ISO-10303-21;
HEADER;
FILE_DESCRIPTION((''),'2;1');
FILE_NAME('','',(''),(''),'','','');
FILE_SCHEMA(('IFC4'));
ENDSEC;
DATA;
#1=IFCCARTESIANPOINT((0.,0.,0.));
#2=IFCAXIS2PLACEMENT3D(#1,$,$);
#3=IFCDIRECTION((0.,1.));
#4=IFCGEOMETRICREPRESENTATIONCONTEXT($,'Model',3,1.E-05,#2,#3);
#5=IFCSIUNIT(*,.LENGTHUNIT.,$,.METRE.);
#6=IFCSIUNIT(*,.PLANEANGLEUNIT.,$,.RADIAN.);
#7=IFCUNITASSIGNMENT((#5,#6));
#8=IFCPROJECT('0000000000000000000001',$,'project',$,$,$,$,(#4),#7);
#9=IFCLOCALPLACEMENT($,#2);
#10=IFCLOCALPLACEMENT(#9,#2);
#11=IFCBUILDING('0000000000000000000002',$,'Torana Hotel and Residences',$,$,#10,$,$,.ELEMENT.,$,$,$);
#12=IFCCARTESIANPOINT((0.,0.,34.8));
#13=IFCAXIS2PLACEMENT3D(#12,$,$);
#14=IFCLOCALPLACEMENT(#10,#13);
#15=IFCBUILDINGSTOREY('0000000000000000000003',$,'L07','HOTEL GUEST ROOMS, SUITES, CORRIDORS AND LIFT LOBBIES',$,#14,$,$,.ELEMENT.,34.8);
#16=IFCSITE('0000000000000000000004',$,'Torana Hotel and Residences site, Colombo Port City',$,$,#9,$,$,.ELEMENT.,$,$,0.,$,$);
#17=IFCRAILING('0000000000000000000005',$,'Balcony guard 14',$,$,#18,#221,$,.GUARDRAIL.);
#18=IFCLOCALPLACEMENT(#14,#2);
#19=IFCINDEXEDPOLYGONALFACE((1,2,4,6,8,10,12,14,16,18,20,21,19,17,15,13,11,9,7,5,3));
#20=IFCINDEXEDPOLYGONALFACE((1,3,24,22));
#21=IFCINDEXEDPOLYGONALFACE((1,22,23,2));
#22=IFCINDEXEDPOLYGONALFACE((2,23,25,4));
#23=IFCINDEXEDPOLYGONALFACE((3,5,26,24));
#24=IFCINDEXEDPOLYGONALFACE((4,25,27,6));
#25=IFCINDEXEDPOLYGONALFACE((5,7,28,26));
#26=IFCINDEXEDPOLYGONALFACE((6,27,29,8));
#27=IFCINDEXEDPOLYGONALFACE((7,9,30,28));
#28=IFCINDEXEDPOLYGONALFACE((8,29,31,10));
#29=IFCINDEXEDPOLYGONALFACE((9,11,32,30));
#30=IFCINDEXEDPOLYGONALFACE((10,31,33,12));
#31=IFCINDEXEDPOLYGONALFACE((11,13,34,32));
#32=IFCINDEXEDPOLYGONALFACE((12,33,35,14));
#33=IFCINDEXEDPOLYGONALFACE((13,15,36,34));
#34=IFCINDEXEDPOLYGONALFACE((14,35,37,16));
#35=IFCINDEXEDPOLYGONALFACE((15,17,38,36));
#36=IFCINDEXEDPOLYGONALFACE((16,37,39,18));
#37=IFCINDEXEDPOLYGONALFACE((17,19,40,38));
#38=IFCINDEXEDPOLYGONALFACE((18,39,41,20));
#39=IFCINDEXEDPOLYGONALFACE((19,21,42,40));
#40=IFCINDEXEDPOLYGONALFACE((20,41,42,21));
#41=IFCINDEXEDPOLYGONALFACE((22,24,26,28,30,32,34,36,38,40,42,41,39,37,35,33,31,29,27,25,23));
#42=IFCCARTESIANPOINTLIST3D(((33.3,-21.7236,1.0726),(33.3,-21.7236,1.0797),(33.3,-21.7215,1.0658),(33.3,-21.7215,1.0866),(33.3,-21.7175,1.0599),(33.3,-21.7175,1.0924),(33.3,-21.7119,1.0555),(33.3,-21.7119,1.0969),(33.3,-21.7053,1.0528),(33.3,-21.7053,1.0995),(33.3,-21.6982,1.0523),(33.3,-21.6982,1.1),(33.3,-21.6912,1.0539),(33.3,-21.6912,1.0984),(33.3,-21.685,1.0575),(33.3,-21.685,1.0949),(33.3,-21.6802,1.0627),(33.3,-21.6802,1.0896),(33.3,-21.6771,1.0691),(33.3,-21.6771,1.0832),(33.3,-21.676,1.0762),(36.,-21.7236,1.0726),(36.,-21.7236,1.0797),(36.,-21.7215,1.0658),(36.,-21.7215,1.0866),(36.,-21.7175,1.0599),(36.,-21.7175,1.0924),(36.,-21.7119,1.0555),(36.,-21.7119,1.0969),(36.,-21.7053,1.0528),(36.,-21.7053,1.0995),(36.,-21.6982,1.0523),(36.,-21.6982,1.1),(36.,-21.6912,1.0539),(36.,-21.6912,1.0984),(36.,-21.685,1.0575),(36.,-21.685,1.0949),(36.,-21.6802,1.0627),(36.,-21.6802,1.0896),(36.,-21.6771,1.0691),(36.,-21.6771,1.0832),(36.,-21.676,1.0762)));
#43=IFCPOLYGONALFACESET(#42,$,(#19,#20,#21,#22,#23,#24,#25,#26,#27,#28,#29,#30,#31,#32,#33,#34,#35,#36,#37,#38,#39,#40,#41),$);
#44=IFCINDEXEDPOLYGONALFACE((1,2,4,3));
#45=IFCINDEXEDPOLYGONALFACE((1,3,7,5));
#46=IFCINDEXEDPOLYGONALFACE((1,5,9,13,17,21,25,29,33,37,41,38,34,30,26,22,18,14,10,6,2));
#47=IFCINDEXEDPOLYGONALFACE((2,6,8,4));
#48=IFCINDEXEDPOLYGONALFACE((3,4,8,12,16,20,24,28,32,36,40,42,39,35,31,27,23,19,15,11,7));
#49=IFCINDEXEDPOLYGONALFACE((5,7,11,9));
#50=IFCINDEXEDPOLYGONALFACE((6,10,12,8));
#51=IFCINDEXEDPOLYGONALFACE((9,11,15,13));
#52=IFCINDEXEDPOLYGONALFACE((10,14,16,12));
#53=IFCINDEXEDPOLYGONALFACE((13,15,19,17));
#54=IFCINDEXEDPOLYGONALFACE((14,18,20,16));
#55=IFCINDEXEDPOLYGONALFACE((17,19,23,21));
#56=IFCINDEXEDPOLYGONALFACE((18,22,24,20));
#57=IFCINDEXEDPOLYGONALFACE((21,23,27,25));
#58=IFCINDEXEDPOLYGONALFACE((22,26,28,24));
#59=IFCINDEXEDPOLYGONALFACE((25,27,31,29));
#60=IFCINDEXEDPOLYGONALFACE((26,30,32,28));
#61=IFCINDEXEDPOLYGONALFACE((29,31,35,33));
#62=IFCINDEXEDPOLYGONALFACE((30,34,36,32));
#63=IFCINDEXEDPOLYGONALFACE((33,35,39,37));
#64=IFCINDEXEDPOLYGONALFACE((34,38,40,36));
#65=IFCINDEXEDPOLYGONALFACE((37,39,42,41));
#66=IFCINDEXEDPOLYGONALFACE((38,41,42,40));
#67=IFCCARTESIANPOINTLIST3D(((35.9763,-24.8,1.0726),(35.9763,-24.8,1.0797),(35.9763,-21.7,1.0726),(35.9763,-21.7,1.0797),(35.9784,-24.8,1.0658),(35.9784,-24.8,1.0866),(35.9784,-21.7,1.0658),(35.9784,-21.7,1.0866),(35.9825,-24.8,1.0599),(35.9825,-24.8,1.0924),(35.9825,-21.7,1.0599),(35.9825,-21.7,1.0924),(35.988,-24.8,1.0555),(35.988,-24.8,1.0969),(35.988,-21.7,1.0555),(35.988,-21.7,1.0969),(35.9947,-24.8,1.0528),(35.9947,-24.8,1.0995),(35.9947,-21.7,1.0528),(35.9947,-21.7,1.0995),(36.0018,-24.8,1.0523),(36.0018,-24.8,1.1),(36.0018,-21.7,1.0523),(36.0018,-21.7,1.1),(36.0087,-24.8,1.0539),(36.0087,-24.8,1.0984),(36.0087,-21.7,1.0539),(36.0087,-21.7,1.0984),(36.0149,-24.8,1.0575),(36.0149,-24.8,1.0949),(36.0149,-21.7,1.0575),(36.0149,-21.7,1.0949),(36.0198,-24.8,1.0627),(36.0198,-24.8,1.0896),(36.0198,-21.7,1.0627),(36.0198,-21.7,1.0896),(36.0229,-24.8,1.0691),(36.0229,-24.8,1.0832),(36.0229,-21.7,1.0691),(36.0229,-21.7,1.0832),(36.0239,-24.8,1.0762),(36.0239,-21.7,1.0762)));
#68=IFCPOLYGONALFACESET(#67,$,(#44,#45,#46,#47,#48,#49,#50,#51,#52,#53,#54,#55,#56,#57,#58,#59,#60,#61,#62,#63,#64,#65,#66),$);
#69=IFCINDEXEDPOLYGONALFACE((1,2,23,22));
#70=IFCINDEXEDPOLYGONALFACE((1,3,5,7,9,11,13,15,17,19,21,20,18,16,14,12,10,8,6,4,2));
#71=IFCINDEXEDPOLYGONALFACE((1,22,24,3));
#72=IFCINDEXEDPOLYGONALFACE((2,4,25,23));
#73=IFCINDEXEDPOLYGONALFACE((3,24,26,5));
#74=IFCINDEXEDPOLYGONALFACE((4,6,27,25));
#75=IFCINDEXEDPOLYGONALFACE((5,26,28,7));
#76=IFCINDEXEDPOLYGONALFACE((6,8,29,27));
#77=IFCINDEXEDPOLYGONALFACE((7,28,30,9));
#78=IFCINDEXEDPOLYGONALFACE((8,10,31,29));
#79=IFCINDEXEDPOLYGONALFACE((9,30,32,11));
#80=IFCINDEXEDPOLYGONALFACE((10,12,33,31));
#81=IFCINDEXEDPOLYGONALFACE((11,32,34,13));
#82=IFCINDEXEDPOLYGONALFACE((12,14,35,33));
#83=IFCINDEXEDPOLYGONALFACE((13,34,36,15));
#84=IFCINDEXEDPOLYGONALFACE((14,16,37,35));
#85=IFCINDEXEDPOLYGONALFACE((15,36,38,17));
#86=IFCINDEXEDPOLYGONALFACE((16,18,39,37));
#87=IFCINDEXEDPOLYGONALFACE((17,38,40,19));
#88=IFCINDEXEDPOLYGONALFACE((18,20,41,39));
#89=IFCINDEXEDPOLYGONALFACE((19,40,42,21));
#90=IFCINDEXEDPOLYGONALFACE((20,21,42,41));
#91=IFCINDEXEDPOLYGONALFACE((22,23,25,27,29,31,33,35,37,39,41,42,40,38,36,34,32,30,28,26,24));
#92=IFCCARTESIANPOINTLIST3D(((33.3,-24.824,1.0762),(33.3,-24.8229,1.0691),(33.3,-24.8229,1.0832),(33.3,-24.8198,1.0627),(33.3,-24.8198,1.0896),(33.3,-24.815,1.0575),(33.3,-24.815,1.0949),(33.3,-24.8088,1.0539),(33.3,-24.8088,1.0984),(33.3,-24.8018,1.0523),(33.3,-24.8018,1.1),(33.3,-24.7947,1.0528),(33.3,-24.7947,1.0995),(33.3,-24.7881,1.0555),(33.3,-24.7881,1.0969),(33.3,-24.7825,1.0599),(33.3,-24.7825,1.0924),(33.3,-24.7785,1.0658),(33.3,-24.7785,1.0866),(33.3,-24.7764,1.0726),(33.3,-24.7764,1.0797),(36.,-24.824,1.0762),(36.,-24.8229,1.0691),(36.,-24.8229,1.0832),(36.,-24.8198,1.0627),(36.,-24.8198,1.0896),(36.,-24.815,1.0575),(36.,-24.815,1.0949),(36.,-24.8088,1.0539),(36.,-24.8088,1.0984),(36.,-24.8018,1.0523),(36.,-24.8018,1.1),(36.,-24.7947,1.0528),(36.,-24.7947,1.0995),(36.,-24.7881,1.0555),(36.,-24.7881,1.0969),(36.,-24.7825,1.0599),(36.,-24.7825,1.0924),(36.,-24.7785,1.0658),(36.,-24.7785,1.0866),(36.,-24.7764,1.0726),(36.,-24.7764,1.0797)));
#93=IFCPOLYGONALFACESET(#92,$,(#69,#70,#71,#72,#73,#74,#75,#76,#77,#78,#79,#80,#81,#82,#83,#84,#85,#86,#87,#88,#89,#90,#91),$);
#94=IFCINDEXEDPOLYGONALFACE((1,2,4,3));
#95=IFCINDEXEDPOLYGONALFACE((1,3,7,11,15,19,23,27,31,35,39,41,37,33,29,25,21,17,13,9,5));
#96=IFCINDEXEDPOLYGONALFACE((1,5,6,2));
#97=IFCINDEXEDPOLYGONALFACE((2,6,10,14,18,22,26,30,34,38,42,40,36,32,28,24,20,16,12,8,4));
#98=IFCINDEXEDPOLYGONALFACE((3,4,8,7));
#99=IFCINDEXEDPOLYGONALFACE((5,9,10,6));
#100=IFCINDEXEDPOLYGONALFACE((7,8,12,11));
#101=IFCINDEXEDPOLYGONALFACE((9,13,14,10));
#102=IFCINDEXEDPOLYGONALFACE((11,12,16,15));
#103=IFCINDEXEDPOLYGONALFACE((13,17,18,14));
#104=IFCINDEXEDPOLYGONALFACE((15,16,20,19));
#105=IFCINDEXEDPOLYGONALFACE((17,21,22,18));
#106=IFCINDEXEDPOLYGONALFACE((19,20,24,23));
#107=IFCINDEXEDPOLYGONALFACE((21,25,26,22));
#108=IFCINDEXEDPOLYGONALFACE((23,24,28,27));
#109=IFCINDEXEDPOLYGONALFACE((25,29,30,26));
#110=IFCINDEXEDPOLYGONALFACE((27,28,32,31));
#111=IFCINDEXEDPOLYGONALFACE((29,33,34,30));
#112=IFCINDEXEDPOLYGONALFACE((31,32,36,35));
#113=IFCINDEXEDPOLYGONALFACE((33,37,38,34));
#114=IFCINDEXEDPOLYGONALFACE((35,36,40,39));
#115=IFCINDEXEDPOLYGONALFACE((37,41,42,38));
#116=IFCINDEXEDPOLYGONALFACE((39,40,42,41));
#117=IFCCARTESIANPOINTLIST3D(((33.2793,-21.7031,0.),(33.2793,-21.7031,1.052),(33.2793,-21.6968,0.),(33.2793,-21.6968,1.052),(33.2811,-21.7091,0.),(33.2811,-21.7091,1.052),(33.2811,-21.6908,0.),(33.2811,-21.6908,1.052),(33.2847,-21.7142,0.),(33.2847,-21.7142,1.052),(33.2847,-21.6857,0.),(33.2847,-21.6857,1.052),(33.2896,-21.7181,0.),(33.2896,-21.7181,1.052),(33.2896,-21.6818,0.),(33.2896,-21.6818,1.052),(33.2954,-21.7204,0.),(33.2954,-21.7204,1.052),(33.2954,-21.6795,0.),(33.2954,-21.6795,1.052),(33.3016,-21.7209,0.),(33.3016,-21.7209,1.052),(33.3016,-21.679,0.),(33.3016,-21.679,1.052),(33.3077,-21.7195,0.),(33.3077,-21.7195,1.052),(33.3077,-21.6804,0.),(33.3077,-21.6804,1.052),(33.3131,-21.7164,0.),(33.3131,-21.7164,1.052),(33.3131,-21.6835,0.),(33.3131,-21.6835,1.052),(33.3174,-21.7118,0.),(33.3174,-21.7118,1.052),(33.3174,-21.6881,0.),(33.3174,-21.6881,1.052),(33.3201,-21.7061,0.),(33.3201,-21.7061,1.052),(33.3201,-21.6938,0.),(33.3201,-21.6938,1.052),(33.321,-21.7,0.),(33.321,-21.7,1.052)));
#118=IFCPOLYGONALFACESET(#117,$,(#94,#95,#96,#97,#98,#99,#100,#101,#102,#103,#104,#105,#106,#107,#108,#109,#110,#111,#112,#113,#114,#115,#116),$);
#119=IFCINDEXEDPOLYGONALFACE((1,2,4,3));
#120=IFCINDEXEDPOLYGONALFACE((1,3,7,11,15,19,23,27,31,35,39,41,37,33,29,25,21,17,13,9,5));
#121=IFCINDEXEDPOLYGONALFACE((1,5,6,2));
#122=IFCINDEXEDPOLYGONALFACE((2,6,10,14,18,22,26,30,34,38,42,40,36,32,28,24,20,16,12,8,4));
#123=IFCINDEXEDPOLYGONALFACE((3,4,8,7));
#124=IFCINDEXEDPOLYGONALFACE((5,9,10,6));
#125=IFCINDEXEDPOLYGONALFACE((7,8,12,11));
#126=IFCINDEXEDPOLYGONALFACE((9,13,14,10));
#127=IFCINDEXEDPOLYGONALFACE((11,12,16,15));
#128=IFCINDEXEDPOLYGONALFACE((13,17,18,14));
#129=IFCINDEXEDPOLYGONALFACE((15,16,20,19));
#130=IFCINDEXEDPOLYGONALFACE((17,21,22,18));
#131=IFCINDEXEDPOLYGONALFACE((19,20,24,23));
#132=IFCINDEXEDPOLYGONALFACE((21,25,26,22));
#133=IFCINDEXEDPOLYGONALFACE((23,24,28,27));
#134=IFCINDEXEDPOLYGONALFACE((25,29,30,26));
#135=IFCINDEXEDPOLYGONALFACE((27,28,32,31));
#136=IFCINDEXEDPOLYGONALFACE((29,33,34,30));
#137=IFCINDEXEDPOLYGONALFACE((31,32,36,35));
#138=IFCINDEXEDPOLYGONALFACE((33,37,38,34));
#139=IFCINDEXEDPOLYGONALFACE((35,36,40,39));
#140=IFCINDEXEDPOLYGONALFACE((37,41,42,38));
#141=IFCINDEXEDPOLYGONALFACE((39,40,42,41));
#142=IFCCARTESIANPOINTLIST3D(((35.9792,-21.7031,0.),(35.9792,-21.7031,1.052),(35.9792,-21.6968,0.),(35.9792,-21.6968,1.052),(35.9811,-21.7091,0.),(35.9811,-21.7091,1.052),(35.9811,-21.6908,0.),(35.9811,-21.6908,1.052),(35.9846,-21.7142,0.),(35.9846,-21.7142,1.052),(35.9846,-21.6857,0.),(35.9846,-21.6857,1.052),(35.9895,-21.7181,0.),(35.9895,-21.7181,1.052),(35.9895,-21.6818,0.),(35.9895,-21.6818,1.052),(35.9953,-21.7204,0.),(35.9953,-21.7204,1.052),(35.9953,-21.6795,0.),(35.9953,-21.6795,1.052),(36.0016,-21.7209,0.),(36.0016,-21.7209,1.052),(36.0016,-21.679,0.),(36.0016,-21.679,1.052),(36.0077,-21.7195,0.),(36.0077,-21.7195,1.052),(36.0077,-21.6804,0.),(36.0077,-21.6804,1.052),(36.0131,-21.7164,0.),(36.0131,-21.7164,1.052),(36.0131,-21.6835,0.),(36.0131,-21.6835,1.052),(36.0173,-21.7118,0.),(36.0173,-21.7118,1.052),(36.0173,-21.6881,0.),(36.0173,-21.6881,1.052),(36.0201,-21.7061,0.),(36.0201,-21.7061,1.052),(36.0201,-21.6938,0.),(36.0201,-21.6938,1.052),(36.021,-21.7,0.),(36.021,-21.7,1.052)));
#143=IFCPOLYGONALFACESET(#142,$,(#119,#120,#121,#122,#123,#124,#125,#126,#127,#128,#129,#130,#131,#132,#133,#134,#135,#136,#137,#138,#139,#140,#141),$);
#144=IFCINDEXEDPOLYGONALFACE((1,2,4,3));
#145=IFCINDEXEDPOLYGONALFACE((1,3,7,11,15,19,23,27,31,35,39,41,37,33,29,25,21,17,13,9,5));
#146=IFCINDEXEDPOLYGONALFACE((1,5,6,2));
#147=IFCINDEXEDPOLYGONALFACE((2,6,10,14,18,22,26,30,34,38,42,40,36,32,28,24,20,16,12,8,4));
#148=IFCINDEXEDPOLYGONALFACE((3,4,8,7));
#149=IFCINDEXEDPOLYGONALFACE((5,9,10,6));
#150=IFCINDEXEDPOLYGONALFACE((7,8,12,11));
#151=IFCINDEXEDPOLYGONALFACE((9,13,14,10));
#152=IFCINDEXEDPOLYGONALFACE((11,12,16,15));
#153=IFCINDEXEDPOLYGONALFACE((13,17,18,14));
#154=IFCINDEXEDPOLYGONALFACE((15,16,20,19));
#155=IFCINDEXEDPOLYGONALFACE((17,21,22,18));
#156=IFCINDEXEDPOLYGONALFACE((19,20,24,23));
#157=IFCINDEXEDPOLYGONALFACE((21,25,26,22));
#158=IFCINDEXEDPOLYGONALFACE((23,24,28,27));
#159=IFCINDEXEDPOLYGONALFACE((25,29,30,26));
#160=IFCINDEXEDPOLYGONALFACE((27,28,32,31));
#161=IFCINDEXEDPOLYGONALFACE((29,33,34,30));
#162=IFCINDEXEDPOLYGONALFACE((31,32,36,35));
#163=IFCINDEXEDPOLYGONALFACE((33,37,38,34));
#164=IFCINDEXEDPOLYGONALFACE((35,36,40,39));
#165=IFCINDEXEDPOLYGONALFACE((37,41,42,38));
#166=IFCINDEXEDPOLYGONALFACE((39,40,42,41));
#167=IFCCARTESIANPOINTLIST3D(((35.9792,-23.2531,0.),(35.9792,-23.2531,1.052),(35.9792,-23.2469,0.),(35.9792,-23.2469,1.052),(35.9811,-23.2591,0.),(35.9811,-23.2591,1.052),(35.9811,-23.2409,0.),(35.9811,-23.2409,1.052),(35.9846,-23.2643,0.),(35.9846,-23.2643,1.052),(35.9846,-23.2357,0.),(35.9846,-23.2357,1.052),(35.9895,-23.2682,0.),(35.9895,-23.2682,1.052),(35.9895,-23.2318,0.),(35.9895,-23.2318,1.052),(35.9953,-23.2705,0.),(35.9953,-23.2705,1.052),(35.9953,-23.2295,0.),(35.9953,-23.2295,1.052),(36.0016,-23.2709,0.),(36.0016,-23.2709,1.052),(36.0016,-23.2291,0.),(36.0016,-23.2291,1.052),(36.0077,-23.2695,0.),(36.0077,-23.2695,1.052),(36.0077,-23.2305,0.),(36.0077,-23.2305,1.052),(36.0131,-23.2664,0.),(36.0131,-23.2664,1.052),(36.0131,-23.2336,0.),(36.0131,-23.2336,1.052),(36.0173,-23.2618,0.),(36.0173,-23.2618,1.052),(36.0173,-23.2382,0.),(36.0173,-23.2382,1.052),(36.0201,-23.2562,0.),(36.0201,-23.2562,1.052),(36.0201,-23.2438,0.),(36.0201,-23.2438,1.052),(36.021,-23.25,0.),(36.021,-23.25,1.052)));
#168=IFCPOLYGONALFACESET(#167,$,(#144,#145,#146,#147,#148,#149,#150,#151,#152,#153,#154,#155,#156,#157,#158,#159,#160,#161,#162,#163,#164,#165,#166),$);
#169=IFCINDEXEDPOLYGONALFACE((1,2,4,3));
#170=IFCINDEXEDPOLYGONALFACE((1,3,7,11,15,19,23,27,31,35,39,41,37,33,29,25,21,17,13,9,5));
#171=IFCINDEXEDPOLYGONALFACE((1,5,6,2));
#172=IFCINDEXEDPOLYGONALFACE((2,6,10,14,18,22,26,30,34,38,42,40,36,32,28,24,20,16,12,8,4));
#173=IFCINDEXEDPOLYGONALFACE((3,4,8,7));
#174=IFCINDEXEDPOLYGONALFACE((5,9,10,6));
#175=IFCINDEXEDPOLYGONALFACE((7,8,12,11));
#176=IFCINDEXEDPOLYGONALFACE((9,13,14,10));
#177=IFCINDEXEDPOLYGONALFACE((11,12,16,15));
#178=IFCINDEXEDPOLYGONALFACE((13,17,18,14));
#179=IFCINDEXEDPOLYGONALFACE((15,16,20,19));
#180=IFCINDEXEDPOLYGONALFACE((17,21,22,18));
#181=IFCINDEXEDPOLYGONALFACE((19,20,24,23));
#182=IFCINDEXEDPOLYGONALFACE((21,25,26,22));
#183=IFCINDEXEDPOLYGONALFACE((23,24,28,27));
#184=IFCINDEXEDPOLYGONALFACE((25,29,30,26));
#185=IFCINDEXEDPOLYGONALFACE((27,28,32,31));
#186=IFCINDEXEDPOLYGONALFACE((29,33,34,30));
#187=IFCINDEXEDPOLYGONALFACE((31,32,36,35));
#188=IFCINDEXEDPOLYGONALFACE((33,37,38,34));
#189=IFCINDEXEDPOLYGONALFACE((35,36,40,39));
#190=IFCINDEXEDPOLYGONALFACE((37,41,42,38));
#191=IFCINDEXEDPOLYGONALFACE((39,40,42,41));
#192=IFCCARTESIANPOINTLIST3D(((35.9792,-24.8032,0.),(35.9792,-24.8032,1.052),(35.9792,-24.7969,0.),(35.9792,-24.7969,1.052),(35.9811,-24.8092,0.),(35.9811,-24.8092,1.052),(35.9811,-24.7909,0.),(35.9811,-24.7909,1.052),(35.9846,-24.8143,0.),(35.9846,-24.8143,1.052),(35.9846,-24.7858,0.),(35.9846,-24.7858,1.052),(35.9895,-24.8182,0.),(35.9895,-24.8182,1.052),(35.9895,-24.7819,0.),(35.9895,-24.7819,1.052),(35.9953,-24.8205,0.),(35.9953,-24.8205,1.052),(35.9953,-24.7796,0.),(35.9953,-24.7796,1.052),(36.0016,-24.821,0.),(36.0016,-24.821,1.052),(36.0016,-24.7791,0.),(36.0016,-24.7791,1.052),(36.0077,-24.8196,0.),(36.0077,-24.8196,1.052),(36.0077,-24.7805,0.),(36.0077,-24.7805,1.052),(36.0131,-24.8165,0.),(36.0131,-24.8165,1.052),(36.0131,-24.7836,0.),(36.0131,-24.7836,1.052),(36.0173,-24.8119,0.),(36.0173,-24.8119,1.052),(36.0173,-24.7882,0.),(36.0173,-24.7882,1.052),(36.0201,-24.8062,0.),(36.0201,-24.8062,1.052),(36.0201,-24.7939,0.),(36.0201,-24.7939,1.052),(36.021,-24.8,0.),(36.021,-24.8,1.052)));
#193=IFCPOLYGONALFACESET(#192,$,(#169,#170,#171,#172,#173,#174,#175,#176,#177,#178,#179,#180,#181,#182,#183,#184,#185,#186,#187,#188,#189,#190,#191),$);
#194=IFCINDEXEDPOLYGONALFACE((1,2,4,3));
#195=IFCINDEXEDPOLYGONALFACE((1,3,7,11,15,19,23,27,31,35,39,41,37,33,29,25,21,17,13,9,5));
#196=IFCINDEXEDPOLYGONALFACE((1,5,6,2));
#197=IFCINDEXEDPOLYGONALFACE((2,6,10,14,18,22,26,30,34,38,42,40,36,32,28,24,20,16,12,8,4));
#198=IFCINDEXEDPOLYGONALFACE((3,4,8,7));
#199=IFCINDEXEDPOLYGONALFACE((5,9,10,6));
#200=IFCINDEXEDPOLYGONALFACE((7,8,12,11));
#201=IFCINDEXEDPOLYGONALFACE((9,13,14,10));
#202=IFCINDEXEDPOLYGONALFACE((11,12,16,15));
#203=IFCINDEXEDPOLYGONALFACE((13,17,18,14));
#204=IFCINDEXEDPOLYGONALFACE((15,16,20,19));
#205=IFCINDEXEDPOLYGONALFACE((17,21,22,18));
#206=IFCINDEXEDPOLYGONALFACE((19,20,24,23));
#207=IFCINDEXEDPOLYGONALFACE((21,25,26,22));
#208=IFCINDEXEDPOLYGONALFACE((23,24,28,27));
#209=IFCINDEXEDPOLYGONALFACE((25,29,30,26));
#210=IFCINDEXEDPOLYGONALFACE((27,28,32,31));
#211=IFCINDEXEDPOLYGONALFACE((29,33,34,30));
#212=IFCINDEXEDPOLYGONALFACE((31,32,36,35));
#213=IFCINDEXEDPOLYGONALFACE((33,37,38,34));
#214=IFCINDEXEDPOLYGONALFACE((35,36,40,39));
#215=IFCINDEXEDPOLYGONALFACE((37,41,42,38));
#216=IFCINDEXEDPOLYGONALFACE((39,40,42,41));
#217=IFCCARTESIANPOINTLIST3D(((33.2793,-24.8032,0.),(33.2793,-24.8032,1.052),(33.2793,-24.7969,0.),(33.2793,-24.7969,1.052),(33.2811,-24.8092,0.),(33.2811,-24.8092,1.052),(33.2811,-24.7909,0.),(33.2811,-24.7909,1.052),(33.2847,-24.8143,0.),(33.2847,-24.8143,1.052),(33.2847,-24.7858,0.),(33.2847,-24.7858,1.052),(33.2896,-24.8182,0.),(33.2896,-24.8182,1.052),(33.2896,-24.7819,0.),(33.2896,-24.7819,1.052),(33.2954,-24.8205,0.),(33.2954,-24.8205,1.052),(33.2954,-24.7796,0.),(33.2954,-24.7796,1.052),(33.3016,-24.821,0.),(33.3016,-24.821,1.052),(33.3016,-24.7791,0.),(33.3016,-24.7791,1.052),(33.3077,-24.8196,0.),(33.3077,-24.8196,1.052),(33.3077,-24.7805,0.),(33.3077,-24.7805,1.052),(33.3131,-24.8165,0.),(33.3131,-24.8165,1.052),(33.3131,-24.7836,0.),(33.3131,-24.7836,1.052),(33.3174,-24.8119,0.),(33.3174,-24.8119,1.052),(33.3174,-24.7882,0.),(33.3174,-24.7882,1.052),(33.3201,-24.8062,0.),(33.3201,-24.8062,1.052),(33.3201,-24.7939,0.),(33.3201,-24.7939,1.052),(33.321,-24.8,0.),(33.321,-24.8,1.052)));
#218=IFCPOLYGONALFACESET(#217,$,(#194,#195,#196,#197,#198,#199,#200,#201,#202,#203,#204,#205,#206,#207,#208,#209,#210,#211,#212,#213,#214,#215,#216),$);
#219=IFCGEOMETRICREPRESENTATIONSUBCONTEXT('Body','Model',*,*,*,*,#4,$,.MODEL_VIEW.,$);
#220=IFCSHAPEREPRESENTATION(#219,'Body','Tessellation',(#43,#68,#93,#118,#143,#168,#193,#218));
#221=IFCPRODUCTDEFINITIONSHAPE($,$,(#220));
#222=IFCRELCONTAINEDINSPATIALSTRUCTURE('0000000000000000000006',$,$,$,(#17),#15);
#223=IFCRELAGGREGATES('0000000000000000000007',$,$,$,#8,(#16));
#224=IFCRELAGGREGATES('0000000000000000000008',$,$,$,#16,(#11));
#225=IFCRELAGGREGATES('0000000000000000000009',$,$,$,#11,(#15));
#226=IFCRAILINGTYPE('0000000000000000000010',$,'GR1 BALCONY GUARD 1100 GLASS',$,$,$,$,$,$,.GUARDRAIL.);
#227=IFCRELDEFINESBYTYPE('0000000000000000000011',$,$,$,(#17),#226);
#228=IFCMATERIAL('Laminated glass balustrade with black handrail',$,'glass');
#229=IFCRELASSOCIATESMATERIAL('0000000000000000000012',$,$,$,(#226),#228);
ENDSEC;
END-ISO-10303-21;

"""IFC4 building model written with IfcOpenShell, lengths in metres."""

from ifc_helpers import new_model, si_unit, direction, frame, origin, origin_2d, place, context, subcontext, project, spatial, circle, extrude, material, type_object, element, save


model = new_model("IFC4")

# Units and contexts
model_context = context("Model", 3, precision=1e-05, world=origin(), true_north=direction((0.0, 1.0)))
body_context = subcontext(model_context, "Body", "Model", "MODEL_VIEW")
ifc_project = project(units=[si_unit("LENGTHUNIT", "METRE"), si_unit("PLANEANGLEUNIT", "RADIAN")], contexts=[model_context])

# Site, building, storey
site_placement = place(None, origin())
site = spatial("IfcSite", under=ifc_project, at=site_placement, Name="Torana Hotel and Residences site, Colombo Port City", CompositionType="ELEMENT", RefElevation=0.0)
building_placement = place(site_placement, origin())
building = spatial("IfcBuilding", under=site, at=building_placement, Name="Torana Hotel and Residences", CompositionType="ELEMENT")
storey_placement = place(building_placement, frame((0.0, 0.0, 34.8)))
storey = spatial("IfcBuildingStorey", under=building, at=storey_placement, Name="L07", Description="HOTEL GUEST ROOMS, SUITES, CORRIDORS AND LIFT LOBBIES", CompositionType="ELEMENT", Elevation=34.8)

# Railing
ifc_material_1 = material(Name="Laminated glass balustrade with black handrail", Category="glass")
railing_type = type_object("IfcRailingType", Name="GR1 BALCONY GUARD 1100 GLASS", PredefinedType="GUARDRAIL", material=ifc_material_1)
railing_1_placement = place(storey_placement, frame((33.3, -21.7, 0.0)))
element("IfcRailing", 1, at=railing_1_placement, inside=storey, type_object=railing_type, Name="Balcony guard 14", PredefinedType="GUARDRAIL", context=body_context, shape_type="SweptSolid", body=[
    extrude(circle(Radius=0.0239, at=origin_2d()), frame((0.0, 0.0, 1.0762), z_axis=(1.0, 0.0, 0.0), x_axis=(0.0, 1.0, 0.0)), (0.0, 0.0, 1.0), 2.7),
    extrude(circle(Radius=0.0239, at=origin_2d()), frame((2.7, 0.0, 1.0762), z_axis=(0.0, -1.0, 0.0), x_axis=(1.0, 0.0, 0.0)), (0.0, 0.0, 1.0), 3.1001),
    extrude(circle(Radius=0.0239, at=origin_2d()), frame((2.7, -3.1001, 1.0762), z_axis=(-1.0, 0.0, 0.0), x_axis=(0.0, -1.0, 0.0)), (0.0, 0.0, 1.0), 2.7),
    extrude(circle(Radius=0.021, at=origin_2d()), origin(), (0.0, 0.0, 1.0), 1.052),
    extrude(circle(Radius=0.021, at=origin_2d()), frame((2.7, 0.0, 0.0)), (0.0, 0.0, 1.0), 1.052),
    extrude(circle(Radius=0.021, at=origin_2d()), frame((2.7, -1.55, 0.0)), (0.0, 0.0, 1.0), 1.052),
    extrude(circle(Radius=0.021, at=origin_2d()), frame((2.7, -3.1001, 0.0)), (0.0, 0.0, 1.0), 1.052),
    extrude(circle(Radius=0.021, at=origin_2d()), frame((0.0, -3.1001, 0.0)), (0.0, 0.0, 1.0), 1.052),
])

save(model, "model.ifc")
